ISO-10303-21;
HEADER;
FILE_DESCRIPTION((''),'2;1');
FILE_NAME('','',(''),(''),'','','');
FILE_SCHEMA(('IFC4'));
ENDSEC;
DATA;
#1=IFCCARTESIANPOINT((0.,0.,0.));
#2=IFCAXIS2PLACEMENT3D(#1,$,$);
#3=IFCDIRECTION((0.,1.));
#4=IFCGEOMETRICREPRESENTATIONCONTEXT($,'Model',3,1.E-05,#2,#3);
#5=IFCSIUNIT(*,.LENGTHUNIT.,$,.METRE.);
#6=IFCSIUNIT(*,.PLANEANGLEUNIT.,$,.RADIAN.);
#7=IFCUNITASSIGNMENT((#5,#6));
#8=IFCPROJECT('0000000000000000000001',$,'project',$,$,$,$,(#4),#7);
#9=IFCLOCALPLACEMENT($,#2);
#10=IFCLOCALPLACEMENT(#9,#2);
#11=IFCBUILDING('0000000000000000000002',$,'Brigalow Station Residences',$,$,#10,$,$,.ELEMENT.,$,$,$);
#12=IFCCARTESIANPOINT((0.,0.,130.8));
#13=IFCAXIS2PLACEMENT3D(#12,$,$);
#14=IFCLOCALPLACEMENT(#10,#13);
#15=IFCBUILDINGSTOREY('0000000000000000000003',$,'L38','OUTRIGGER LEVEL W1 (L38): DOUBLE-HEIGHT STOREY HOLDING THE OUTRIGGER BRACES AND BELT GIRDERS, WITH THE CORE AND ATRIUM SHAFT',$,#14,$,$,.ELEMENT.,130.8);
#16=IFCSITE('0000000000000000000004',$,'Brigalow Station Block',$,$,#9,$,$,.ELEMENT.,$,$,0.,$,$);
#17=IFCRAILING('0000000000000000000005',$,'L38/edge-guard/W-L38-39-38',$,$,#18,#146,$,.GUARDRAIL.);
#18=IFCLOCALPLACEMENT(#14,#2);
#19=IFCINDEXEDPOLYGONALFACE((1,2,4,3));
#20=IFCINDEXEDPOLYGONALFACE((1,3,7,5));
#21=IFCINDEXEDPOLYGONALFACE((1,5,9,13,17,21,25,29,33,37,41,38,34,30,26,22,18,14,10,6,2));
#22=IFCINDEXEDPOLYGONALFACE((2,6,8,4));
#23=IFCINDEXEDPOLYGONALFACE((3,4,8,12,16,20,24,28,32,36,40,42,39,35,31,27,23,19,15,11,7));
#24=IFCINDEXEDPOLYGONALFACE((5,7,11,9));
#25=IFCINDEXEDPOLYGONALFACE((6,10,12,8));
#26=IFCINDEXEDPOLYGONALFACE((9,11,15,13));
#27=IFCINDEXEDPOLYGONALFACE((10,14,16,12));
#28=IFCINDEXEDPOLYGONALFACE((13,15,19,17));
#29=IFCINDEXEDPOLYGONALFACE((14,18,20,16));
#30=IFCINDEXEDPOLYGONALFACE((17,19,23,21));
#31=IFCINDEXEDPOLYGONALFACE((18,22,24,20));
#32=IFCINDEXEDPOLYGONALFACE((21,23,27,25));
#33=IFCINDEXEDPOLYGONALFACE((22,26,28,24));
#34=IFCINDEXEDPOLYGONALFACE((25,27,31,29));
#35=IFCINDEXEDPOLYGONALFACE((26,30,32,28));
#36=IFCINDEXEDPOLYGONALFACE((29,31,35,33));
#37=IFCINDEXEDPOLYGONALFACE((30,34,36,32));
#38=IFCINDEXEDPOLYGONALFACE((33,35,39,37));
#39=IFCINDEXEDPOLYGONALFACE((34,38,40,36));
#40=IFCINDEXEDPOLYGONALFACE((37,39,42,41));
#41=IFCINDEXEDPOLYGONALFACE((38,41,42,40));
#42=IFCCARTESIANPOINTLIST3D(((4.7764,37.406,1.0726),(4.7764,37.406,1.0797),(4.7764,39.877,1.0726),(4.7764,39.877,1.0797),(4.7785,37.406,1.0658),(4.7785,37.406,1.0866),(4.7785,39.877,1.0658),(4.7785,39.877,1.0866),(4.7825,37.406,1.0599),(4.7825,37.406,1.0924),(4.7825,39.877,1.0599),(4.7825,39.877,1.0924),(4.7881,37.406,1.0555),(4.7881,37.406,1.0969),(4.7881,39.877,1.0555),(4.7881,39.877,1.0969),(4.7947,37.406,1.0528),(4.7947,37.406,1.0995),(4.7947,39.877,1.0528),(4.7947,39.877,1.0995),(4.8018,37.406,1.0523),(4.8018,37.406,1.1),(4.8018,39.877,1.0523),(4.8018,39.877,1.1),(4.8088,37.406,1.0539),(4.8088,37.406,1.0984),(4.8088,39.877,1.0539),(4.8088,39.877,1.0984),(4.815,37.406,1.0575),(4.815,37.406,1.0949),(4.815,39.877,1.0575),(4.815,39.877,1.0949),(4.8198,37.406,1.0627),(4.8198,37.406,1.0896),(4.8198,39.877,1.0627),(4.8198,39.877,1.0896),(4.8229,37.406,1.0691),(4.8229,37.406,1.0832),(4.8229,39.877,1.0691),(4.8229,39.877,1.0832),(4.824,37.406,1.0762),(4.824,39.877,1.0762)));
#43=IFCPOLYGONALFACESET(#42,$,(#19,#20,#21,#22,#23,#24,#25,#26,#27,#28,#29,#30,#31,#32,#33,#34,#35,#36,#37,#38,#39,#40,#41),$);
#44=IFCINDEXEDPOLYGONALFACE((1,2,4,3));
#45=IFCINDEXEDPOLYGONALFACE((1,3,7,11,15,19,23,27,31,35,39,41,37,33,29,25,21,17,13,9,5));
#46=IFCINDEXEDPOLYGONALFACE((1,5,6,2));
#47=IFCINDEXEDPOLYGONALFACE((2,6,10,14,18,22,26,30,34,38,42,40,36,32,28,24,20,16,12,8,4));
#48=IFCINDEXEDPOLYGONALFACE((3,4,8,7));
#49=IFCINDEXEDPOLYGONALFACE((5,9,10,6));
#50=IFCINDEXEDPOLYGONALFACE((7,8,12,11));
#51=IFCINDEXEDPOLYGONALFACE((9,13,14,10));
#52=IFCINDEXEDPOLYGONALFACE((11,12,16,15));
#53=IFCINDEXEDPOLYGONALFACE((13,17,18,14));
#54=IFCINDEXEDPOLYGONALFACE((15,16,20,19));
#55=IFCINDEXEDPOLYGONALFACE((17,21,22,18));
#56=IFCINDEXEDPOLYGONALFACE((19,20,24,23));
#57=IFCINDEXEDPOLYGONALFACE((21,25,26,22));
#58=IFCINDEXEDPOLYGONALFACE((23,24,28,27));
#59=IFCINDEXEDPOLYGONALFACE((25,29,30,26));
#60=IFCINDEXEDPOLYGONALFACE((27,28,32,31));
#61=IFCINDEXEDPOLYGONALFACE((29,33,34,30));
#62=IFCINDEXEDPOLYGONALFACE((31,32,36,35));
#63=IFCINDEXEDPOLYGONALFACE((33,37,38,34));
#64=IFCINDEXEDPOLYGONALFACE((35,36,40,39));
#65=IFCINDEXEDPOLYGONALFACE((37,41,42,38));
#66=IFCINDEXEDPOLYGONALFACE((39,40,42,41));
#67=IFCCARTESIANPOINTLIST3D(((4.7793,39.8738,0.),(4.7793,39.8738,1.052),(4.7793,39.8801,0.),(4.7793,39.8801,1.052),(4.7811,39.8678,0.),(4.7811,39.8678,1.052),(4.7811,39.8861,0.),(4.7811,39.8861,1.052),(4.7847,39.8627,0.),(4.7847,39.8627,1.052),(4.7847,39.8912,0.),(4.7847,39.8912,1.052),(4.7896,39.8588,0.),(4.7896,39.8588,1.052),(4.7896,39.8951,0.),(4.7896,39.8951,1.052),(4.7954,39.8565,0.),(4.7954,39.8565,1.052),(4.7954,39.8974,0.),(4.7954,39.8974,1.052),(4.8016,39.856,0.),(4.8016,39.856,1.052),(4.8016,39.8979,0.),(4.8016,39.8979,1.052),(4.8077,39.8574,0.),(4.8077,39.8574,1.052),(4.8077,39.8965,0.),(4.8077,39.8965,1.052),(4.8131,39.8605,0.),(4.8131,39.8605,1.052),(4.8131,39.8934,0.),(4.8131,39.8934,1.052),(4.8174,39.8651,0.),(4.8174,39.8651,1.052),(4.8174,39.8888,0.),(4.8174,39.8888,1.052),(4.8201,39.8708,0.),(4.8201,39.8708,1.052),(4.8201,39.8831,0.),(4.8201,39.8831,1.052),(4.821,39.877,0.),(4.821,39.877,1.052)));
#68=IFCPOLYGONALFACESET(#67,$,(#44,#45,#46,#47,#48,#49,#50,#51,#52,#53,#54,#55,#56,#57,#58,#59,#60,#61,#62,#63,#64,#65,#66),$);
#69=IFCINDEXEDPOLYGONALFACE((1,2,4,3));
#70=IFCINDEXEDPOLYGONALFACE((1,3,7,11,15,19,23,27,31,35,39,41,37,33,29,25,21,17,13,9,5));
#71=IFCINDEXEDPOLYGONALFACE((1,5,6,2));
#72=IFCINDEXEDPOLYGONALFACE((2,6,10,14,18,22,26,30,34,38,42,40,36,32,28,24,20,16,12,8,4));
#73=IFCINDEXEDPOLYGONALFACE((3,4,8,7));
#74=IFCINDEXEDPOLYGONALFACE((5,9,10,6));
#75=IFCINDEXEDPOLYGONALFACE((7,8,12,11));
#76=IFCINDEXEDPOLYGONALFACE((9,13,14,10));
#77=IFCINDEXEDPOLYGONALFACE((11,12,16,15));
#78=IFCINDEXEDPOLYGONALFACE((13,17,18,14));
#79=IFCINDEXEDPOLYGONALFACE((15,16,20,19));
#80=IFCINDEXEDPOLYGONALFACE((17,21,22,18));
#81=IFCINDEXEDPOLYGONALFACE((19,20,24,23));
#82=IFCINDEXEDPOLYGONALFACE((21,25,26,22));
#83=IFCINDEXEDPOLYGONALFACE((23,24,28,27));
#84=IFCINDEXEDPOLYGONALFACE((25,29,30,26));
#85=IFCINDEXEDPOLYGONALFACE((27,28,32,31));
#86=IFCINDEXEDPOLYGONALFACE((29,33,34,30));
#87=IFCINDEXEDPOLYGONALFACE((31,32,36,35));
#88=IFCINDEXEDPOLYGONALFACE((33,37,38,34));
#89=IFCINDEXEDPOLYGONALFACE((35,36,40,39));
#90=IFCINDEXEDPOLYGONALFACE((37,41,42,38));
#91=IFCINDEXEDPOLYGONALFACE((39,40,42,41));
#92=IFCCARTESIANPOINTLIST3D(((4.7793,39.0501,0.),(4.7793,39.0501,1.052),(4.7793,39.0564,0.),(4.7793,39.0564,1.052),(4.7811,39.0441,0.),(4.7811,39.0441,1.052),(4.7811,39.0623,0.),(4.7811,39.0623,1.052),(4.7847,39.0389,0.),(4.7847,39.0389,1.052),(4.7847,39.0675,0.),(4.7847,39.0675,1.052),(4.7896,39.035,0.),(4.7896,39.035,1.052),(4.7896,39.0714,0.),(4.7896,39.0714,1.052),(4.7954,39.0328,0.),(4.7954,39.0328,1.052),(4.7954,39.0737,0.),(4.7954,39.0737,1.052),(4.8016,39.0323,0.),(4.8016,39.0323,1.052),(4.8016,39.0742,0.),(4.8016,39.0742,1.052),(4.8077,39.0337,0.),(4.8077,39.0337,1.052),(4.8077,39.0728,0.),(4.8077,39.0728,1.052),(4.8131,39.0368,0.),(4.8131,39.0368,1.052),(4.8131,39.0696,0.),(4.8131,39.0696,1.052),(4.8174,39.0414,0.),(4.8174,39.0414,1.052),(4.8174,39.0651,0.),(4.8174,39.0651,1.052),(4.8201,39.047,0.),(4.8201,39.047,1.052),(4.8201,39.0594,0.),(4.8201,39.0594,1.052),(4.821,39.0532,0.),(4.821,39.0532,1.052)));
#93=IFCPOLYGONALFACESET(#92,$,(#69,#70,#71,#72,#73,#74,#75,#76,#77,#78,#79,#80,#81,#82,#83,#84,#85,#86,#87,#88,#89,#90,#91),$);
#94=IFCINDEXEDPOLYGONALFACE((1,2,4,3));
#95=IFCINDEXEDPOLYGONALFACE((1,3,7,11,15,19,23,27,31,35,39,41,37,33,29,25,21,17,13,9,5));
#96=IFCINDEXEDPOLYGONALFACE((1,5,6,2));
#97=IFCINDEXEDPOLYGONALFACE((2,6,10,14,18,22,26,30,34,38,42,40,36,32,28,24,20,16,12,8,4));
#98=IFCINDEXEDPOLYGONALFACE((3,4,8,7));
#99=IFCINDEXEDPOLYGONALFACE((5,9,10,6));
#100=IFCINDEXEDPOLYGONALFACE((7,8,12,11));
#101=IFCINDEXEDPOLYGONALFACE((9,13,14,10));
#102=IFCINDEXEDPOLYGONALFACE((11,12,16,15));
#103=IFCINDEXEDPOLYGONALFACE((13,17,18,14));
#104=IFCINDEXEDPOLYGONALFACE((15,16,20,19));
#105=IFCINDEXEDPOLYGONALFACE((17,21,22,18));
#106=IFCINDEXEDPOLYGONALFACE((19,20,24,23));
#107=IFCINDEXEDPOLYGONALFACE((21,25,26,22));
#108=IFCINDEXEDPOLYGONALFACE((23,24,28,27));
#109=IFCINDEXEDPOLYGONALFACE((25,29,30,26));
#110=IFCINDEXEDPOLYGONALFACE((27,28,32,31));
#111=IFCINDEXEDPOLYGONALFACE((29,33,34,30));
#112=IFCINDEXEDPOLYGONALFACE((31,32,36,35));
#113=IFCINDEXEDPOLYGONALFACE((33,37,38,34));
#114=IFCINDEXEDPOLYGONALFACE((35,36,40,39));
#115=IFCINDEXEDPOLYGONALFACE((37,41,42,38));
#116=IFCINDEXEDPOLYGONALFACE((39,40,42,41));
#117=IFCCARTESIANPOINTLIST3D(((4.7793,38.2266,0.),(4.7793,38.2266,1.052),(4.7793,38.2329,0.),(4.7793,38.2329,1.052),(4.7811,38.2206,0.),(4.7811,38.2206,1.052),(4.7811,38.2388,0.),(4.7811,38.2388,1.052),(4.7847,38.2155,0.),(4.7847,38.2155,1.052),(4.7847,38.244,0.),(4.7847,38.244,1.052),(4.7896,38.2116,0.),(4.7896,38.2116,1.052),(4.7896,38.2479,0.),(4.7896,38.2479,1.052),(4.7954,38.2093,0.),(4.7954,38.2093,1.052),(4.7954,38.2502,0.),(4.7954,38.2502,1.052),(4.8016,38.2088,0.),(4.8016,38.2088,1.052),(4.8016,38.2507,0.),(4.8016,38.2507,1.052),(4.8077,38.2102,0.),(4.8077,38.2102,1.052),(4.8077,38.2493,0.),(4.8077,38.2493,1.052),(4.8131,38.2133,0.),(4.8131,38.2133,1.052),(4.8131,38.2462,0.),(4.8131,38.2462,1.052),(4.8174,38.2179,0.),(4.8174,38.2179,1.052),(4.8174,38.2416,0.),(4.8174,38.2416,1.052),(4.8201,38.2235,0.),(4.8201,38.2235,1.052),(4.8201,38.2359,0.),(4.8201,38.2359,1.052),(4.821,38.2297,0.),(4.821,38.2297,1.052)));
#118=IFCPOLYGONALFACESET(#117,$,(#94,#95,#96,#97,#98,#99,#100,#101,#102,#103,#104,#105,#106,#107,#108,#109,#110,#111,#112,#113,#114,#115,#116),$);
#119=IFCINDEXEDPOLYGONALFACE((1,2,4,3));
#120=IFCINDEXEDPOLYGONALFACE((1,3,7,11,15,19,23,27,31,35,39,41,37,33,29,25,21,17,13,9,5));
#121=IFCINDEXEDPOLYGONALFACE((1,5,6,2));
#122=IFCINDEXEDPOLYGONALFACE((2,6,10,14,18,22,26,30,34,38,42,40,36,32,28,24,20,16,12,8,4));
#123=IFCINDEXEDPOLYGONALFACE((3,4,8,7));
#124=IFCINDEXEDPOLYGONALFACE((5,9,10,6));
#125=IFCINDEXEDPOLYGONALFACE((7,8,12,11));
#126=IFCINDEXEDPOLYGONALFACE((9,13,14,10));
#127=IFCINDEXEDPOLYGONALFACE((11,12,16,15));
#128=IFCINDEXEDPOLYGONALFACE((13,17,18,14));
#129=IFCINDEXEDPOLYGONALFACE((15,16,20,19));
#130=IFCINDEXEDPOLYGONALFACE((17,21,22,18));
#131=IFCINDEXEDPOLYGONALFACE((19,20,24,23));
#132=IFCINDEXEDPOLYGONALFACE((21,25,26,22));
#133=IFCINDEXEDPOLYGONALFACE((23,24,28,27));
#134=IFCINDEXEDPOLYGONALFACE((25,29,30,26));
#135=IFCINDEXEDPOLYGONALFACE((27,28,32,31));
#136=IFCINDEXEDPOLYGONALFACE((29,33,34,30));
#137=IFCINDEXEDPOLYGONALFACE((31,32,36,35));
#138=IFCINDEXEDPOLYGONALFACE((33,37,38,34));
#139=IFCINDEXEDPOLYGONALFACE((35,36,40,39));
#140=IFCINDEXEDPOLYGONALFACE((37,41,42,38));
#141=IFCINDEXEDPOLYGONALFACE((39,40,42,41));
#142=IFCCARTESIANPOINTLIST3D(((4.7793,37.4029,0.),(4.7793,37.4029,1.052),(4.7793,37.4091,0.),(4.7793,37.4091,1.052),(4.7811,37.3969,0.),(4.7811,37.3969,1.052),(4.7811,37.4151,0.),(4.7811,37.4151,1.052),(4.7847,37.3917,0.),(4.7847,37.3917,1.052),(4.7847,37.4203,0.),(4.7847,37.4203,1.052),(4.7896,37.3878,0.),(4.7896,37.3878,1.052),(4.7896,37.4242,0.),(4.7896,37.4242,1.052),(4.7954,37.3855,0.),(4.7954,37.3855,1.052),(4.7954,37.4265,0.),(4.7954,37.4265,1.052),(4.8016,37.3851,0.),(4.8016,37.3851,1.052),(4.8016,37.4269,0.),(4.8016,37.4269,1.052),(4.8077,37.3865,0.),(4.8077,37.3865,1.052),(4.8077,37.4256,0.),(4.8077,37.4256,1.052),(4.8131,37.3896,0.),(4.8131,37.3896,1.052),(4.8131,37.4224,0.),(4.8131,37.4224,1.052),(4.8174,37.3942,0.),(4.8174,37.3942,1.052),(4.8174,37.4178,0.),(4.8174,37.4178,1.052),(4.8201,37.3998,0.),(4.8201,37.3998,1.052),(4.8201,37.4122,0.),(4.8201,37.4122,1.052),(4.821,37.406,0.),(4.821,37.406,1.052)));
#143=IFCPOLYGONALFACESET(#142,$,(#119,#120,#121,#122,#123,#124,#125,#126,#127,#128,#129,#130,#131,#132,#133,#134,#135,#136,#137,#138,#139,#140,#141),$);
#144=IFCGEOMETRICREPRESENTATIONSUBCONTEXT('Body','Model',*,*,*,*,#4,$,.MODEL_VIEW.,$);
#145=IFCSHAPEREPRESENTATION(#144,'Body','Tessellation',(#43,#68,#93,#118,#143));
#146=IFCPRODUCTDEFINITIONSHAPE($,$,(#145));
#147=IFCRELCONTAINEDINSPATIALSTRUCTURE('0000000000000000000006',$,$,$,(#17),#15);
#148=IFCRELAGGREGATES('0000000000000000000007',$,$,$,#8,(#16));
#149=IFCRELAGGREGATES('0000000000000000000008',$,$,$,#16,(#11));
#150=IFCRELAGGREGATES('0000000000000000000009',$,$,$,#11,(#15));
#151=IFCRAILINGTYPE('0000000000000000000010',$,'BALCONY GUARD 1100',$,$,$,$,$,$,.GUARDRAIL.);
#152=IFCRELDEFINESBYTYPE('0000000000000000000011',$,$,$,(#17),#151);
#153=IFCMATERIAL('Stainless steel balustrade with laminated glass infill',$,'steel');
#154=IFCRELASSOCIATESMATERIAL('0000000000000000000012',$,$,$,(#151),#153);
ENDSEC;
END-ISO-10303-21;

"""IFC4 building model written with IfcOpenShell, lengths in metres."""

from ifc_helpers import new_model, si_unit, direction, frame, origin, origin_2d, place, context, subcontext, project, spatial, circle, extrude, material, type_object, element, save


model = new_model("IFC4")

# Units and contexts
model_context = context("Model", 3, precision=1e-05, world=origin(), true_north=direction((0.0, 1.0)))
body_context = subcontext(model_context, "Body", "Model", "MODEL_VIEW")
ifc_project = project(units=[si_unit("LENGTHUNIT", "METRE"), si_unit("PLANEANGLEUNIT", "RADIAN")], contexts=[model_context])

# Site, building, storey
site_placement = place(None, origin())
site = spatial("IfcSite", under=ifc_project, at=site_placement, Name="Brigalow Station Block", CompositionType="ELEMENT", RefElevation=0.0)
building_placement = place(site_placement, origin())
building = spatial("IfcBuilding", under=site, at=building_placement, Name="Brigalow Station Residences", CompositionType="ELEMENT")
storey_placement = place(building_placement, frame((0.0, 0.0, 130.8)))
storey = spatial("IfcBuildingStorey", under=building, at=storey_placement, Name="L38", Description="OUTRIGGER LEVEL W1 (L38): DOUBLE-HEIGHT STOREY HOLDING THE OUTRIGGER BRACES AND BELT GIRDERS, WITH THE CORE AND ATRIUM SHAFT", CompositionType="ELEMENT", Elevation=130.8)

# Railing
ifc_material_1 = material(Name="Stainless steel balustrade with laminated glass infill", Category="steel")
railing_type_1 = type_object("IfcRailingType", Name="BALCONY GUARD 1100", PredefinedType="GUARDRAIL", material=ifc_material_1)
railing_1_placement = place(storey_placement, frame((4.8, 39.877, 0.0)))
element("IfcRailing", 1, at=railing_1_placement, inside=storey, type_object=railing_type_1, Name="L38/edge-guard/W-L38-39-38", PredefinedType="GUARDRAIL", context=body_context, shape_type="SweptSolid", body=[
    extrude(circle(Radius=0.0239, at=origin_2d()), frame((0.0, 0.0, 1.0762), z_axis=(0.0, -1.0, 0.0), x_axis=(1.0, 0.0, 0.0)), (0.0, 0.0, 1.0), 2.4709),
    extrude(circle(Radius=0.021, at=origin_2d()), origin(), (0.0, 0.0, 1.0), 1.052),
    extrude(circle(Radius=0.021, at=origin_2d()), frame((0.0, -0.8237, 0.0)), (0.0, 0.0, 1.0), 1.052),
    extrude(circle(Radius=0.021, at=origin_2d()), frame((0.0, -1.6472, 0.0)), (0.0, 0.0, 1.0), 1.052),
    extrude(circle(Radius=0.021, at=origin_2d()), frame((0.0, -2.4709, 0.0)), (0.0, 0.0, 1.0), 1.052),
])

save(model, "model.ifc")
